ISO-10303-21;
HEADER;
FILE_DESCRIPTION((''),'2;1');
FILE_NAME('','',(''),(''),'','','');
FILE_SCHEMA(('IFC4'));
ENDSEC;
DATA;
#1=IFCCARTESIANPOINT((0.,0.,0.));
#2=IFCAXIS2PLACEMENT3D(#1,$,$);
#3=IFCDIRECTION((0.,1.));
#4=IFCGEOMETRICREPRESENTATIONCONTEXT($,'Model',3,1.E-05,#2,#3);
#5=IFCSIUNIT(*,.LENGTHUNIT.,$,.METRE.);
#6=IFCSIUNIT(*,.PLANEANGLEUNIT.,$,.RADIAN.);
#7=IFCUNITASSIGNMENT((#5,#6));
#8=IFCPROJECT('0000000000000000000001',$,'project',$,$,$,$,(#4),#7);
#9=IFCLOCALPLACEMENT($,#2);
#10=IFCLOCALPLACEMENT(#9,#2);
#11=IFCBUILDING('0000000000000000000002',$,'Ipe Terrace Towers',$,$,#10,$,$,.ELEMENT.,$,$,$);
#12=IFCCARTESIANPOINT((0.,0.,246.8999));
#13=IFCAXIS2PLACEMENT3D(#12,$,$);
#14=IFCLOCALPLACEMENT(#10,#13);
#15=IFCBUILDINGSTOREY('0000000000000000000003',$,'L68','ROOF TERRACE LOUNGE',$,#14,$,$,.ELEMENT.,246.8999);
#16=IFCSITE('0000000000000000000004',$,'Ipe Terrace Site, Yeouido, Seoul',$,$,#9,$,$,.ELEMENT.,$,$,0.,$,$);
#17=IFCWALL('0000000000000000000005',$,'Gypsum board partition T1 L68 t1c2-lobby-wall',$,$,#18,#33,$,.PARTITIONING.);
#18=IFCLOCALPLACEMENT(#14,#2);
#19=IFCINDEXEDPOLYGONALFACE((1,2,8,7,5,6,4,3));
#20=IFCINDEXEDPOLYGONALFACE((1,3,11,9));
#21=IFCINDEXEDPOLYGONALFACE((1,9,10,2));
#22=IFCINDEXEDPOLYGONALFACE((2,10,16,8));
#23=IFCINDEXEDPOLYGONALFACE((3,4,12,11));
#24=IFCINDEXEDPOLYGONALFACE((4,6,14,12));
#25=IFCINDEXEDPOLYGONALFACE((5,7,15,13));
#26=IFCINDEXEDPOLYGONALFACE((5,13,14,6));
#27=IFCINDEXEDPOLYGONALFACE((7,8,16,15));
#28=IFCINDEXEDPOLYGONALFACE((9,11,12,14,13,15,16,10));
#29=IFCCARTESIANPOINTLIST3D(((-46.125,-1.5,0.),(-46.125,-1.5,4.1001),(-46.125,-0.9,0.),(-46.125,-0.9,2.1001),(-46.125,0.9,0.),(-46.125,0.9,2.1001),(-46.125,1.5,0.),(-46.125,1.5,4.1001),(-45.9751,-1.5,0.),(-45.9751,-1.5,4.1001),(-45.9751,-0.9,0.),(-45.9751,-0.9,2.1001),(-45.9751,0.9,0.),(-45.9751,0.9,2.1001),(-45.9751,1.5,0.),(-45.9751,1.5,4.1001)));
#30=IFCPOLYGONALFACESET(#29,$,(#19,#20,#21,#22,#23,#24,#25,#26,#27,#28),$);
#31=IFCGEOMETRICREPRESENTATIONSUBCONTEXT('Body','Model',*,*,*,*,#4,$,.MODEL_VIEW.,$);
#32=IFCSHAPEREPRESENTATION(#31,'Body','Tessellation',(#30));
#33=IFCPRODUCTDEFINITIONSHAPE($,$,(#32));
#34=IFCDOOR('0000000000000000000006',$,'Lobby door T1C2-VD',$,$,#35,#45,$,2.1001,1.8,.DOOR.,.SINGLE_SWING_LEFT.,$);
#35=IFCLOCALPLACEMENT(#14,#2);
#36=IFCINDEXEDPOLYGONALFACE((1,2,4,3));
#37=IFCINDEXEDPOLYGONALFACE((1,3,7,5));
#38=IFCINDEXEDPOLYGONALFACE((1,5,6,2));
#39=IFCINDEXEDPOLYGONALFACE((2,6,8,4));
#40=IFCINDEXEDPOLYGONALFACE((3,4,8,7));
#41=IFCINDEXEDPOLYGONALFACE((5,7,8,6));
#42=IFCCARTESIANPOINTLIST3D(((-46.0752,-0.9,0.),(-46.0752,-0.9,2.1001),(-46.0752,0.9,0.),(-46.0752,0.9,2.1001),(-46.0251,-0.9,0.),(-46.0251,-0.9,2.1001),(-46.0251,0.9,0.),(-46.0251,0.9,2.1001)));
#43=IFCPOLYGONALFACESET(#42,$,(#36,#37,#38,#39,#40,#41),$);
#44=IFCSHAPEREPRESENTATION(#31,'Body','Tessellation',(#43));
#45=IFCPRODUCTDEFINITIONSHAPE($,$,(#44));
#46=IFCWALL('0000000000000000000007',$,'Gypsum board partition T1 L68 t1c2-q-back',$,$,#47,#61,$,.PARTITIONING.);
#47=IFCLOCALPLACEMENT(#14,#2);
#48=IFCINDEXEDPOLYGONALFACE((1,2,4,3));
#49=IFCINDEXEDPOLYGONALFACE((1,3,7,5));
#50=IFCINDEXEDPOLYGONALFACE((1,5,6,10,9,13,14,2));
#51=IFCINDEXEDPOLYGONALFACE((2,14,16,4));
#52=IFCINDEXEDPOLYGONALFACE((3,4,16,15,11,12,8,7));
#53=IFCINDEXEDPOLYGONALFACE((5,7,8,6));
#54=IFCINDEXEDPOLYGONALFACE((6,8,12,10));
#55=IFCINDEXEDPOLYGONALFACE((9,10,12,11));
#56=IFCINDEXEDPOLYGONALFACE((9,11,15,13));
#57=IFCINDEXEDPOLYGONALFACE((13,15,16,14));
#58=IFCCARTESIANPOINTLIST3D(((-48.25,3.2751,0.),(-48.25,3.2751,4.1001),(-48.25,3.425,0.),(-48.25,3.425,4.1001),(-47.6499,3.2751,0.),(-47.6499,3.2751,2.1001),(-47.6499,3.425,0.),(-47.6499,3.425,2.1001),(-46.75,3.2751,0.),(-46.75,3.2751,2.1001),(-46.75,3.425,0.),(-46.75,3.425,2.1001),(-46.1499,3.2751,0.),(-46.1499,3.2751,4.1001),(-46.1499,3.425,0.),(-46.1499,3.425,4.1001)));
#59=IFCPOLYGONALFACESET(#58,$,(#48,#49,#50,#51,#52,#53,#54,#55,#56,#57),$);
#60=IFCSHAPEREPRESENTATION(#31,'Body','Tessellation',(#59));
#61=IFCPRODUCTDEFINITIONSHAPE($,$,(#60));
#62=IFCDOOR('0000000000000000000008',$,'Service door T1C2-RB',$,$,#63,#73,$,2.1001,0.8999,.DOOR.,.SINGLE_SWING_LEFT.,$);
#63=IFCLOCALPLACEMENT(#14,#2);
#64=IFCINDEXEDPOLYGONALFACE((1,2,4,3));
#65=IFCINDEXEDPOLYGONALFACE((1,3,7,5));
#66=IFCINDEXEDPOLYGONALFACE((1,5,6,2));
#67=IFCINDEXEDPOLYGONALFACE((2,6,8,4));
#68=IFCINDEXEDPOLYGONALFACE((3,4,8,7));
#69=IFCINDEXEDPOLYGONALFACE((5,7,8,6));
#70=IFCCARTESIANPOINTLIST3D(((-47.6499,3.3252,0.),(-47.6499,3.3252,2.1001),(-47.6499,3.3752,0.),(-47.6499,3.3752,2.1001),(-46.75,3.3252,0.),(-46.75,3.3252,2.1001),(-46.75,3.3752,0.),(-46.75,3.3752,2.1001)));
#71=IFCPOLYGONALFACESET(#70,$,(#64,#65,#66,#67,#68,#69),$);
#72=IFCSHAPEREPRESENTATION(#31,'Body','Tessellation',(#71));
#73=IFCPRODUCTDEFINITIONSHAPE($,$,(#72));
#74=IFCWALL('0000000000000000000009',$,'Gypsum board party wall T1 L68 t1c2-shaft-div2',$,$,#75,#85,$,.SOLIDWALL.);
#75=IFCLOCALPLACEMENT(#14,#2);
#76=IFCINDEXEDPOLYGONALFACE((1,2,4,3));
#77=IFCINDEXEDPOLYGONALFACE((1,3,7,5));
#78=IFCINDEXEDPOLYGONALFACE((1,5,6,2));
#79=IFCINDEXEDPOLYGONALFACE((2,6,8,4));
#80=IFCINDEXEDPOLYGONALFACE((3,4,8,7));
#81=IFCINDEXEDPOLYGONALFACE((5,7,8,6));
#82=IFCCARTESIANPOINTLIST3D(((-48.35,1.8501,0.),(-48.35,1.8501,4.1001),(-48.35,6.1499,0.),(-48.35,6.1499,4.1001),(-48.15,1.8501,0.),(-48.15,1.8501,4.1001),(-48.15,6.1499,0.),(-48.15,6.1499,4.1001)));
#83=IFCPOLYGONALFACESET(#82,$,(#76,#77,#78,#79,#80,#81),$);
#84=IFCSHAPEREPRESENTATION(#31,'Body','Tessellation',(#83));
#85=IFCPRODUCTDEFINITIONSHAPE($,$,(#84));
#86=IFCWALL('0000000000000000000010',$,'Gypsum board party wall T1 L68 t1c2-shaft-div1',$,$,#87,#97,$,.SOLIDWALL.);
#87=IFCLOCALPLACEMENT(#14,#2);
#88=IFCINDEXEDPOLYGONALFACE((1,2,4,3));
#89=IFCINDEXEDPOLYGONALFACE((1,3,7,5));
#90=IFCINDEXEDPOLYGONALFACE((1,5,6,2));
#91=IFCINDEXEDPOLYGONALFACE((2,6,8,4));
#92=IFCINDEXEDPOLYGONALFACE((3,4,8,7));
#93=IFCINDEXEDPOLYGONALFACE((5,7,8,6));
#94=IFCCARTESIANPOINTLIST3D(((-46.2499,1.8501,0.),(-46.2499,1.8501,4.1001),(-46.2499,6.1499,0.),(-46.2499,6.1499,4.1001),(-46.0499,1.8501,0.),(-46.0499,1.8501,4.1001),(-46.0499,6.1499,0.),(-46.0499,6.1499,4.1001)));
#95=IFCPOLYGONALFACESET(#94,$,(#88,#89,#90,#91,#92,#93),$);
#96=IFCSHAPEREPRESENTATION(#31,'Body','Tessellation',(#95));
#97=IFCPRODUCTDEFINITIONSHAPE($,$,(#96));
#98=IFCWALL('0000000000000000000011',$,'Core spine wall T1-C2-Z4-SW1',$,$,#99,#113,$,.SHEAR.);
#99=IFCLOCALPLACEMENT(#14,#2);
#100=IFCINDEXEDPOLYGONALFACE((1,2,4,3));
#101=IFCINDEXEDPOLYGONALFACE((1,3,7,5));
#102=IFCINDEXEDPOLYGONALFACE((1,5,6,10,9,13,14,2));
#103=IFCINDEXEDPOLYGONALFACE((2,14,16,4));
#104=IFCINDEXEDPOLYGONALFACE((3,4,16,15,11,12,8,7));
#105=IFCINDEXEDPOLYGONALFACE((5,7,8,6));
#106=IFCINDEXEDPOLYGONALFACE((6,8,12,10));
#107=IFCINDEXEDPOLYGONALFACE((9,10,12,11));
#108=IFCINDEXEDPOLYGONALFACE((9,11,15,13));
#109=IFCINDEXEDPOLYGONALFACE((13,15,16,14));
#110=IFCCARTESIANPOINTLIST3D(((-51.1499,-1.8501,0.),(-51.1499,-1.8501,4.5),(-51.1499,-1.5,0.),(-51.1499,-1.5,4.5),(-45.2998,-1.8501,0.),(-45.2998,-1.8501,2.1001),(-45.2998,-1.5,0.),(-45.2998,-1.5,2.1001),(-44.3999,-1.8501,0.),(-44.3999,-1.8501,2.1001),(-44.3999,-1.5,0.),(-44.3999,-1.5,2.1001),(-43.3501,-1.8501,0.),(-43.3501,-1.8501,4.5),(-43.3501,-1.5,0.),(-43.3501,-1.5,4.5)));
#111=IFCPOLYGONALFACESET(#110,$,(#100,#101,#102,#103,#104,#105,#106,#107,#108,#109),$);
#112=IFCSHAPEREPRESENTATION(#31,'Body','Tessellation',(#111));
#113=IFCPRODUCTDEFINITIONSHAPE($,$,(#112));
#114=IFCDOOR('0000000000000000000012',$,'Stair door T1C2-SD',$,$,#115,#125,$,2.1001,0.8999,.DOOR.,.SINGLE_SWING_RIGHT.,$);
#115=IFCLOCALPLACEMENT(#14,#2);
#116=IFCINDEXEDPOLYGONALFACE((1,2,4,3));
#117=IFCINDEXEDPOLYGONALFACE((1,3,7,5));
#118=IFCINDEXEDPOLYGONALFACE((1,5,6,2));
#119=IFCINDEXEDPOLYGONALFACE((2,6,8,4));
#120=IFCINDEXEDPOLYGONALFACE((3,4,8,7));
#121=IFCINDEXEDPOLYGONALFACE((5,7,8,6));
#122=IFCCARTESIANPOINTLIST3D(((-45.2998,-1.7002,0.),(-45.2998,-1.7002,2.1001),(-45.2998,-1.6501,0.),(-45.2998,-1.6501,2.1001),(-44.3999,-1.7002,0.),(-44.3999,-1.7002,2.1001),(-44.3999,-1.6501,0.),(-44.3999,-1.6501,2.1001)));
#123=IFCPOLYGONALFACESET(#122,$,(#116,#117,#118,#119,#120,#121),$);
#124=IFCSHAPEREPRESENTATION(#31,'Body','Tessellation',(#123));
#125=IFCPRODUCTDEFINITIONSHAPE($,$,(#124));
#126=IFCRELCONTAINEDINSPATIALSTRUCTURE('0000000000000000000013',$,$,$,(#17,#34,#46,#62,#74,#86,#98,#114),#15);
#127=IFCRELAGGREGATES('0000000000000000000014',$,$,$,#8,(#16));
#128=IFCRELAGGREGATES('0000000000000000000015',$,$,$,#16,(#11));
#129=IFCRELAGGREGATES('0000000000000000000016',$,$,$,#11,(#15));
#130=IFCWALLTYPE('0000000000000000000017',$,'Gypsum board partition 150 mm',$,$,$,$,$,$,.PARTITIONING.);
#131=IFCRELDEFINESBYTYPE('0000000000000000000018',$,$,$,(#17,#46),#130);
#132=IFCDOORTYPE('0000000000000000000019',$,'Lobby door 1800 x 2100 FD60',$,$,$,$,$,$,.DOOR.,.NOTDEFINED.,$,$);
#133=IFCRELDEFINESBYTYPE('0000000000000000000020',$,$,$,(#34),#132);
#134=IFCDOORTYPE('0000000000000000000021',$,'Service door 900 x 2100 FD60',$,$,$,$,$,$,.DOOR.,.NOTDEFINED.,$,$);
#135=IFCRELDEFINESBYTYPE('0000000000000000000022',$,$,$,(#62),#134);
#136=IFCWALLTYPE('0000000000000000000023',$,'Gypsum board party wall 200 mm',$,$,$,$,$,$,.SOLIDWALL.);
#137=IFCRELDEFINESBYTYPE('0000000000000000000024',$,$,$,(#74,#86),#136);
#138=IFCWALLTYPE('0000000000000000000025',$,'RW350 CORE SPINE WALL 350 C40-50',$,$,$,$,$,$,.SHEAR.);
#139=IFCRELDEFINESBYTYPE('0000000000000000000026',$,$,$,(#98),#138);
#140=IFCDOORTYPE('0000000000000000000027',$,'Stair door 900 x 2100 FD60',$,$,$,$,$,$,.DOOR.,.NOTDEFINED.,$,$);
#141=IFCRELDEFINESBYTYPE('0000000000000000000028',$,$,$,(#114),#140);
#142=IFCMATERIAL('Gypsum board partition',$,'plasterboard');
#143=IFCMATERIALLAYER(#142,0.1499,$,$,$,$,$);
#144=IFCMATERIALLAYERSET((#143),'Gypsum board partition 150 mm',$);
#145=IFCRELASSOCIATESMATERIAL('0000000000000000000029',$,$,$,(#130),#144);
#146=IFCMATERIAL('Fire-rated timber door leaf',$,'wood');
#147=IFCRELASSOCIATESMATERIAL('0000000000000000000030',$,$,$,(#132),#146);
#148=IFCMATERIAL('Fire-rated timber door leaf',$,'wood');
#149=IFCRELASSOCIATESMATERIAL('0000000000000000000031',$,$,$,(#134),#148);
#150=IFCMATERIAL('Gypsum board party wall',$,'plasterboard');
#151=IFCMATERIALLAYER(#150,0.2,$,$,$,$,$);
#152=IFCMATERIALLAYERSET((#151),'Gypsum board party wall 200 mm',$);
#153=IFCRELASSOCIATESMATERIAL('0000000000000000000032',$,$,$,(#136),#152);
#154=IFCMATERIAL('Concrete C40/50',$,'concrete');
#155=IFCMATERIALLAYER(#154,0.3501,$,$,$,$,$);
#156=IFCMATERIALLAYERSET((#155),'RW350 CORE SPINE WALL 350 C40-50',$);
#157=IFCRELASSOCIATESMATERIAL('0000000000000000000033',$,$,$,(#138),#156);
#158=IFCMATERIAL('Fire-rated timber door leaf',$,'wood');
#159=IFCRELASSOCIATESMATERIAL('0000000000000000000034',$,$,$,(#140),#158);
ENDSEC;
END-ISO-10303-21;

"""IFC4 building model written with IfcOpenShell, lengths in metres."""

from ifc_helpers import new_model, si_unit, direction, frame, frame_2d, origin, place, context, subcontext, project, spatial, rectangle, extrude, material, layer, layer_set, type_object, element, fill, save


model = new_model("IFC4")

# Units and contexts
model_context = context("Model", 3, precision=1e-05, world=origin(), true_north=direction((0.0, 1.0)))
body_context = subcontext(model_context, "Body", "Model", "MODEL_VIEW")
ifc_project = project(units=[si_unit("LENGTHUNIT", "METRE"), si_unit("PLANEANGLEUNIT", "RADIAN")], contexts=[model_context])

# Site, building, storey
site_placement = place(None, origin())
site = spatial("IfcSite", under=ifc_project, at=site_placement, Name="Ipe Terrace Site, Yeouido, Seoul", CompositionType="ELEMENT", RefElevation=0.0)
building_placement = place(site_placement, origin())
building = spatial("IfcBuilding", under=site, at=building_placement, Name="Ipe Terrace Towers", CompositionType="ELEMENT")
storey_placement = place(building_placement, frame((0.0, 0.0, 246.8999)))
storey = spatial("IfcBuildingStorey", under=building, at=storey_placement, Name="L68", Description="ROOF TERRACE LOUNGE", CompositionType="ELEMENT", Elevation=246.8999)

# Walls, openings, doors
ifc_material_1 = material(Name="Gypsum board partition", Category="plasterboard")
ifc_layer_1 = layer(ifc_material_1, 0.1499)
ifc_layer_set_1 = layer_set([ifc_layer_1], Name="Gypsum board partition 150 mm")
wall_type_1 = type_object("IfcWallType", Name="Gypsum board partition 150 mm", PredefinedType="PARTITIONING", material=ifc_layer_set_1)
wall_1_placement = place(storey_placement, frame((-46.05, 1.5, 0.0), z_axis=(0.0, 0.0, 1.0), x_axis=(0.0, -1.0, 0.0)))
wall_1 = element("IfcWall", 1, at=wall_1_placement, inside=storey, type_object=wall_type_1, Name="Gypsum board partition T1 L68 t1c2-lobby-wall", PredefinedType="PARTITIONING", context=body_context, shape_type="SweptSolid", body=[
    extrude(rectangle(XDim=3.0, YDim=0.1499, at=frame_2d((1.5, 0.0))), origin(), (0.0, 0.0, 1.0), 4.1001),
])
opening_1_placement = place(wall_1_placement, frame((0.6001, 0.0, 0.0)))
opening_1 = element("IfcOpeningElement", 2, at=opening_1_placement, cuts=wall_1, PredefinedType="OPENING", context=body_context, shape_type="SweptSolid", body=[
    extrude(rectangle(XDim=1.8, YDim=2.1001, at=frame_2d((0.8999, 1.05))), frame((0.0, 0.085, 0.0), z_axis=(0.0, -1.0, 0.0), x_axis=(1.0, 0.0, 0.0)), (0.0, 0.0, 1.0), 0.1699),
])
ifc_material_2 = material(Name="Fire-rated timber door leaf", Category="wood")
door_type_1 = type_object("IfcDoorType", Name="Lobby door 1800 x 2100 FD60", OperationType="NOTDEFINED", PredefinedType="DOOR", material=ifc_material_2)
door_1_placement = place(opening_1_placement, origin())
door_1 = element("IfcDoor", 3, at=door_1_placement, inside=storey, type_object=door_type_1, Name="Lobby door T1C2-VD", OperationType="SINGLE_SWING_LEFT", OverallHeight=2.1001, OverallWidth=1.8, PredefinedType="DOOR", context=body_context, shape_type="SweptSolid", body=[
    extrude(rectangle(XDim=1.8, YDim=2.1001, at=frame_2d((0.8999, 1.05))), frame((0.0, 0.0249, 0.0), z_axis=(0.0, -1.0, 0.0), x_axis=(1.0, 0.0, 0.0)), (0.0, 0.0, 1.0), 0.05),
])
fill(opening_1, door_1)
wall_2_placement = place(storey_placement, frame((-46.1499, 3.3501, 0.0), z_axis=(0.0, 0.0, 1.0), x_axis=(-1.0, 0.0, 0.0)))
wall_2 = element("IfcWall", 4, at=wall_2_placement, inside=storey, type_object=wall_type_1, Name="Gypsum board partition T1 L68 t1c2-q-back", PredefinedType="PARTITIONING", context=body_context, shape_type="SweptSolid", body=[
    extrude(rectangle(XDim=2.1001, YDim=0.1499, at=frame_2d((1.05, 0.0))), origin(), (0.0, 0.0, 1.0), 4.1001),
])
opening_2_placement = place(wall_2_placement, frame((0.6001, 0.0, 0.0)))
opening_2 = element("IfcOpeningElement", 5, at=opening_2_placement, cuts=wall_2, PredefinedType="OPENING", context=body_context, shape_type="SweptSolid", body=[
    extrude(rectangle(XDim=0.8999, YDim=2.1001, at=frame_2d((0.45, 1.05))), frame((0.0, 0.085, 0.0), z_axis=(0.0, -1.0, 0.0), x_axis=(1.0, 0.0, 0.0)), (0.0, 0.0, 1.0), 0.1699),
])
ifc_material_3 = material(Name="Fire-rated timber door leaf", Category="wood")
door_type_2 = type_object("IfcDoorType", Name="Service door 900 x 2100 FD60", OperationType="NOTDEFINED", PredefinedType="DOOR", material=ifc_material_3)
door_2_placement = place(opening_2_placement, origin())
door_2 = element("IfcDoor", 6, at=door_2_placement, inside=storey, type_object=door_type_2, Name="Service door T1C2-RB", OperationType="SINGLE_SWING_LEFT", OverallHeight=2.1001, OverallWidth=0.8999, PredefinedType="DOOR", context=body_context, shape_type="SweptSolid", body=[
    extrude(rectangle(XDim=0.8999, YDim=2.1001, at=frame_2d((0.45, 1.05))), frame((0.0, 0.0249, 0.0), z_axis=(0.0, -1.0, 0.0), x_axis=(1.0, 0.0, 0.0)), (0.0, 0.0, 1.0), 0.05),
])
fill(opening_2, door_2)

# Walls
ifc_material_4 = material(Name="Gypsum board party wall", Category="plasterboard")
ifc_layer_2 = layer(ifc_material_4, 0.2)
ifc_layer_set_2 = layer_set([ifc_layer_2], Name="Gypsum board party wall 200 mm")
wall_type_2 = type_object("IfcWallType", Name="Gypsum board party wall 200 mm", PredefinedType="SOLIDWALL", material=ifc_layer_set_2)
for number, where, z_axis, x_axis, name in (
    (7, (-48.25, 6.1499, 0.0), (0.0, 0.0, 1.0), (0.0, -1.0, 0.0), "Gypsum board party wall T1 L68 t1c2-shaft-div2"),
    (8, (-46.1499, 6.1499, 0.0), (0.0, 0.0, 1.0), (0.0, -1.0, 0.0), "Gypsum board party wall T1 L68 t1c2-shaft-div1"),
):
    element("IfcWall", number, at=place(storey_placement, frame(where, z_axis=z_axis, x_axis=x_axis)), inside=storey, type_object=wall_type_2, Name=name, PredefinedType="SOLIDWALL", context=body_context, shape_type="SweptSolid", body=[
        extrude(rectangle(XDim=4.2998, YDim=0.2, at=frame_2d((2.1499, 0.0))), origin(), (0.0, 0.0, 1.0), 4.1001),
    ])

# Wall, opening, door
ifc_material_5 = material(Name="Concrete C40/50", Category="concrete")
ifc_layer_3 = layer(ifc_material_5, 0.3501)
ifc_layer_set_3 = layer_set([ifc_layer_3], Name="RW350 CORE SPINE WALL 350 C40-50")
wall_type_3 = type_object("IfcWallType", Name="RW350 CORE SPINE WALL 350 C40-50", PredefinedType="SHEAR", material=ifc_layer_set_3)
wall_3_placement = place(storey_placement, frame((-51.1499, -1.675, 0.0), z_axis=(0.0, 0.0, 1.0), x_axis=(1.0, 0.0, 0.0)))
wall_3 = element("IfcWall", 9, at=wall_3_placement, inside=storey, type_object=wall_type_3, Name="Core spine wall T1-C2-Z4-SW1", PredefinedType="SHEAR", context=body_context, shape_type="SweptSolid", body=[
    extrude(rectangle(XDim=7.7998, YDim=0.3501, at=frame_2d((3.8999, 0.0))), origin(), (0.0, 0.0, 1.0), 4.5),
])
opening_3_placement = place(wall_3_placement, frame((5.8501, 0.0, 0.0)))
opening_3 = element("IfcOpeningElement", 10, at=opening_3_placement, cuts=wall_3, PredefinedType="OPENING", context=body_context, shape_type="SweptSolid", body=[
    extrude(rectangle(XDim=0.8999, YDim=2.1001, at=frame_2d((0.45, 1.05))), frame((0.0, 0.1851, 0.0), z_axis=(0.0, -1.0, 0.0), x_axis=(1.0, 0.0, 0.0)), (0.0, 0.0, 1.0), 0.3701),
])
ifc_material_6 = material(Name="Fire-rated timber door leaf", Category="wood")
door_type_3 = type_object("IfcDoorType", Name="Stair door 900 x 2100 FD60", OperationType="NOTDEFINED", PredefinedType="DOOR", material=ifc_material_6)
door_3_placement = place(opening_3_placement, origin())
door_3 = element("IfcDoor", 11, at=door_3_placement, inside=storey, type_object=door_type_3, Name="Stair door T1C2-SD", OperationType="SINGLE_SWING_RIGHT", OverallHeight=2.1001, OverallWidth=0.8999, PredefinedType="DOOR", context=body_context, shape_type="SweptSolid", body=[
    extrude(rectangle(XDim=0.8999, YDim=2.1001, at=frame_2d((0.45, 1.05))), frame((0.0, 0.0249, 0.0), z_axis=(0.0, -1.0, 0.0), x_axis=(1.0, 0.0, 0.0)), (0.0, 0.0, 1.0), 0.05),
])
fill(opening_3, door_3)

save(model, "model.ifc")
